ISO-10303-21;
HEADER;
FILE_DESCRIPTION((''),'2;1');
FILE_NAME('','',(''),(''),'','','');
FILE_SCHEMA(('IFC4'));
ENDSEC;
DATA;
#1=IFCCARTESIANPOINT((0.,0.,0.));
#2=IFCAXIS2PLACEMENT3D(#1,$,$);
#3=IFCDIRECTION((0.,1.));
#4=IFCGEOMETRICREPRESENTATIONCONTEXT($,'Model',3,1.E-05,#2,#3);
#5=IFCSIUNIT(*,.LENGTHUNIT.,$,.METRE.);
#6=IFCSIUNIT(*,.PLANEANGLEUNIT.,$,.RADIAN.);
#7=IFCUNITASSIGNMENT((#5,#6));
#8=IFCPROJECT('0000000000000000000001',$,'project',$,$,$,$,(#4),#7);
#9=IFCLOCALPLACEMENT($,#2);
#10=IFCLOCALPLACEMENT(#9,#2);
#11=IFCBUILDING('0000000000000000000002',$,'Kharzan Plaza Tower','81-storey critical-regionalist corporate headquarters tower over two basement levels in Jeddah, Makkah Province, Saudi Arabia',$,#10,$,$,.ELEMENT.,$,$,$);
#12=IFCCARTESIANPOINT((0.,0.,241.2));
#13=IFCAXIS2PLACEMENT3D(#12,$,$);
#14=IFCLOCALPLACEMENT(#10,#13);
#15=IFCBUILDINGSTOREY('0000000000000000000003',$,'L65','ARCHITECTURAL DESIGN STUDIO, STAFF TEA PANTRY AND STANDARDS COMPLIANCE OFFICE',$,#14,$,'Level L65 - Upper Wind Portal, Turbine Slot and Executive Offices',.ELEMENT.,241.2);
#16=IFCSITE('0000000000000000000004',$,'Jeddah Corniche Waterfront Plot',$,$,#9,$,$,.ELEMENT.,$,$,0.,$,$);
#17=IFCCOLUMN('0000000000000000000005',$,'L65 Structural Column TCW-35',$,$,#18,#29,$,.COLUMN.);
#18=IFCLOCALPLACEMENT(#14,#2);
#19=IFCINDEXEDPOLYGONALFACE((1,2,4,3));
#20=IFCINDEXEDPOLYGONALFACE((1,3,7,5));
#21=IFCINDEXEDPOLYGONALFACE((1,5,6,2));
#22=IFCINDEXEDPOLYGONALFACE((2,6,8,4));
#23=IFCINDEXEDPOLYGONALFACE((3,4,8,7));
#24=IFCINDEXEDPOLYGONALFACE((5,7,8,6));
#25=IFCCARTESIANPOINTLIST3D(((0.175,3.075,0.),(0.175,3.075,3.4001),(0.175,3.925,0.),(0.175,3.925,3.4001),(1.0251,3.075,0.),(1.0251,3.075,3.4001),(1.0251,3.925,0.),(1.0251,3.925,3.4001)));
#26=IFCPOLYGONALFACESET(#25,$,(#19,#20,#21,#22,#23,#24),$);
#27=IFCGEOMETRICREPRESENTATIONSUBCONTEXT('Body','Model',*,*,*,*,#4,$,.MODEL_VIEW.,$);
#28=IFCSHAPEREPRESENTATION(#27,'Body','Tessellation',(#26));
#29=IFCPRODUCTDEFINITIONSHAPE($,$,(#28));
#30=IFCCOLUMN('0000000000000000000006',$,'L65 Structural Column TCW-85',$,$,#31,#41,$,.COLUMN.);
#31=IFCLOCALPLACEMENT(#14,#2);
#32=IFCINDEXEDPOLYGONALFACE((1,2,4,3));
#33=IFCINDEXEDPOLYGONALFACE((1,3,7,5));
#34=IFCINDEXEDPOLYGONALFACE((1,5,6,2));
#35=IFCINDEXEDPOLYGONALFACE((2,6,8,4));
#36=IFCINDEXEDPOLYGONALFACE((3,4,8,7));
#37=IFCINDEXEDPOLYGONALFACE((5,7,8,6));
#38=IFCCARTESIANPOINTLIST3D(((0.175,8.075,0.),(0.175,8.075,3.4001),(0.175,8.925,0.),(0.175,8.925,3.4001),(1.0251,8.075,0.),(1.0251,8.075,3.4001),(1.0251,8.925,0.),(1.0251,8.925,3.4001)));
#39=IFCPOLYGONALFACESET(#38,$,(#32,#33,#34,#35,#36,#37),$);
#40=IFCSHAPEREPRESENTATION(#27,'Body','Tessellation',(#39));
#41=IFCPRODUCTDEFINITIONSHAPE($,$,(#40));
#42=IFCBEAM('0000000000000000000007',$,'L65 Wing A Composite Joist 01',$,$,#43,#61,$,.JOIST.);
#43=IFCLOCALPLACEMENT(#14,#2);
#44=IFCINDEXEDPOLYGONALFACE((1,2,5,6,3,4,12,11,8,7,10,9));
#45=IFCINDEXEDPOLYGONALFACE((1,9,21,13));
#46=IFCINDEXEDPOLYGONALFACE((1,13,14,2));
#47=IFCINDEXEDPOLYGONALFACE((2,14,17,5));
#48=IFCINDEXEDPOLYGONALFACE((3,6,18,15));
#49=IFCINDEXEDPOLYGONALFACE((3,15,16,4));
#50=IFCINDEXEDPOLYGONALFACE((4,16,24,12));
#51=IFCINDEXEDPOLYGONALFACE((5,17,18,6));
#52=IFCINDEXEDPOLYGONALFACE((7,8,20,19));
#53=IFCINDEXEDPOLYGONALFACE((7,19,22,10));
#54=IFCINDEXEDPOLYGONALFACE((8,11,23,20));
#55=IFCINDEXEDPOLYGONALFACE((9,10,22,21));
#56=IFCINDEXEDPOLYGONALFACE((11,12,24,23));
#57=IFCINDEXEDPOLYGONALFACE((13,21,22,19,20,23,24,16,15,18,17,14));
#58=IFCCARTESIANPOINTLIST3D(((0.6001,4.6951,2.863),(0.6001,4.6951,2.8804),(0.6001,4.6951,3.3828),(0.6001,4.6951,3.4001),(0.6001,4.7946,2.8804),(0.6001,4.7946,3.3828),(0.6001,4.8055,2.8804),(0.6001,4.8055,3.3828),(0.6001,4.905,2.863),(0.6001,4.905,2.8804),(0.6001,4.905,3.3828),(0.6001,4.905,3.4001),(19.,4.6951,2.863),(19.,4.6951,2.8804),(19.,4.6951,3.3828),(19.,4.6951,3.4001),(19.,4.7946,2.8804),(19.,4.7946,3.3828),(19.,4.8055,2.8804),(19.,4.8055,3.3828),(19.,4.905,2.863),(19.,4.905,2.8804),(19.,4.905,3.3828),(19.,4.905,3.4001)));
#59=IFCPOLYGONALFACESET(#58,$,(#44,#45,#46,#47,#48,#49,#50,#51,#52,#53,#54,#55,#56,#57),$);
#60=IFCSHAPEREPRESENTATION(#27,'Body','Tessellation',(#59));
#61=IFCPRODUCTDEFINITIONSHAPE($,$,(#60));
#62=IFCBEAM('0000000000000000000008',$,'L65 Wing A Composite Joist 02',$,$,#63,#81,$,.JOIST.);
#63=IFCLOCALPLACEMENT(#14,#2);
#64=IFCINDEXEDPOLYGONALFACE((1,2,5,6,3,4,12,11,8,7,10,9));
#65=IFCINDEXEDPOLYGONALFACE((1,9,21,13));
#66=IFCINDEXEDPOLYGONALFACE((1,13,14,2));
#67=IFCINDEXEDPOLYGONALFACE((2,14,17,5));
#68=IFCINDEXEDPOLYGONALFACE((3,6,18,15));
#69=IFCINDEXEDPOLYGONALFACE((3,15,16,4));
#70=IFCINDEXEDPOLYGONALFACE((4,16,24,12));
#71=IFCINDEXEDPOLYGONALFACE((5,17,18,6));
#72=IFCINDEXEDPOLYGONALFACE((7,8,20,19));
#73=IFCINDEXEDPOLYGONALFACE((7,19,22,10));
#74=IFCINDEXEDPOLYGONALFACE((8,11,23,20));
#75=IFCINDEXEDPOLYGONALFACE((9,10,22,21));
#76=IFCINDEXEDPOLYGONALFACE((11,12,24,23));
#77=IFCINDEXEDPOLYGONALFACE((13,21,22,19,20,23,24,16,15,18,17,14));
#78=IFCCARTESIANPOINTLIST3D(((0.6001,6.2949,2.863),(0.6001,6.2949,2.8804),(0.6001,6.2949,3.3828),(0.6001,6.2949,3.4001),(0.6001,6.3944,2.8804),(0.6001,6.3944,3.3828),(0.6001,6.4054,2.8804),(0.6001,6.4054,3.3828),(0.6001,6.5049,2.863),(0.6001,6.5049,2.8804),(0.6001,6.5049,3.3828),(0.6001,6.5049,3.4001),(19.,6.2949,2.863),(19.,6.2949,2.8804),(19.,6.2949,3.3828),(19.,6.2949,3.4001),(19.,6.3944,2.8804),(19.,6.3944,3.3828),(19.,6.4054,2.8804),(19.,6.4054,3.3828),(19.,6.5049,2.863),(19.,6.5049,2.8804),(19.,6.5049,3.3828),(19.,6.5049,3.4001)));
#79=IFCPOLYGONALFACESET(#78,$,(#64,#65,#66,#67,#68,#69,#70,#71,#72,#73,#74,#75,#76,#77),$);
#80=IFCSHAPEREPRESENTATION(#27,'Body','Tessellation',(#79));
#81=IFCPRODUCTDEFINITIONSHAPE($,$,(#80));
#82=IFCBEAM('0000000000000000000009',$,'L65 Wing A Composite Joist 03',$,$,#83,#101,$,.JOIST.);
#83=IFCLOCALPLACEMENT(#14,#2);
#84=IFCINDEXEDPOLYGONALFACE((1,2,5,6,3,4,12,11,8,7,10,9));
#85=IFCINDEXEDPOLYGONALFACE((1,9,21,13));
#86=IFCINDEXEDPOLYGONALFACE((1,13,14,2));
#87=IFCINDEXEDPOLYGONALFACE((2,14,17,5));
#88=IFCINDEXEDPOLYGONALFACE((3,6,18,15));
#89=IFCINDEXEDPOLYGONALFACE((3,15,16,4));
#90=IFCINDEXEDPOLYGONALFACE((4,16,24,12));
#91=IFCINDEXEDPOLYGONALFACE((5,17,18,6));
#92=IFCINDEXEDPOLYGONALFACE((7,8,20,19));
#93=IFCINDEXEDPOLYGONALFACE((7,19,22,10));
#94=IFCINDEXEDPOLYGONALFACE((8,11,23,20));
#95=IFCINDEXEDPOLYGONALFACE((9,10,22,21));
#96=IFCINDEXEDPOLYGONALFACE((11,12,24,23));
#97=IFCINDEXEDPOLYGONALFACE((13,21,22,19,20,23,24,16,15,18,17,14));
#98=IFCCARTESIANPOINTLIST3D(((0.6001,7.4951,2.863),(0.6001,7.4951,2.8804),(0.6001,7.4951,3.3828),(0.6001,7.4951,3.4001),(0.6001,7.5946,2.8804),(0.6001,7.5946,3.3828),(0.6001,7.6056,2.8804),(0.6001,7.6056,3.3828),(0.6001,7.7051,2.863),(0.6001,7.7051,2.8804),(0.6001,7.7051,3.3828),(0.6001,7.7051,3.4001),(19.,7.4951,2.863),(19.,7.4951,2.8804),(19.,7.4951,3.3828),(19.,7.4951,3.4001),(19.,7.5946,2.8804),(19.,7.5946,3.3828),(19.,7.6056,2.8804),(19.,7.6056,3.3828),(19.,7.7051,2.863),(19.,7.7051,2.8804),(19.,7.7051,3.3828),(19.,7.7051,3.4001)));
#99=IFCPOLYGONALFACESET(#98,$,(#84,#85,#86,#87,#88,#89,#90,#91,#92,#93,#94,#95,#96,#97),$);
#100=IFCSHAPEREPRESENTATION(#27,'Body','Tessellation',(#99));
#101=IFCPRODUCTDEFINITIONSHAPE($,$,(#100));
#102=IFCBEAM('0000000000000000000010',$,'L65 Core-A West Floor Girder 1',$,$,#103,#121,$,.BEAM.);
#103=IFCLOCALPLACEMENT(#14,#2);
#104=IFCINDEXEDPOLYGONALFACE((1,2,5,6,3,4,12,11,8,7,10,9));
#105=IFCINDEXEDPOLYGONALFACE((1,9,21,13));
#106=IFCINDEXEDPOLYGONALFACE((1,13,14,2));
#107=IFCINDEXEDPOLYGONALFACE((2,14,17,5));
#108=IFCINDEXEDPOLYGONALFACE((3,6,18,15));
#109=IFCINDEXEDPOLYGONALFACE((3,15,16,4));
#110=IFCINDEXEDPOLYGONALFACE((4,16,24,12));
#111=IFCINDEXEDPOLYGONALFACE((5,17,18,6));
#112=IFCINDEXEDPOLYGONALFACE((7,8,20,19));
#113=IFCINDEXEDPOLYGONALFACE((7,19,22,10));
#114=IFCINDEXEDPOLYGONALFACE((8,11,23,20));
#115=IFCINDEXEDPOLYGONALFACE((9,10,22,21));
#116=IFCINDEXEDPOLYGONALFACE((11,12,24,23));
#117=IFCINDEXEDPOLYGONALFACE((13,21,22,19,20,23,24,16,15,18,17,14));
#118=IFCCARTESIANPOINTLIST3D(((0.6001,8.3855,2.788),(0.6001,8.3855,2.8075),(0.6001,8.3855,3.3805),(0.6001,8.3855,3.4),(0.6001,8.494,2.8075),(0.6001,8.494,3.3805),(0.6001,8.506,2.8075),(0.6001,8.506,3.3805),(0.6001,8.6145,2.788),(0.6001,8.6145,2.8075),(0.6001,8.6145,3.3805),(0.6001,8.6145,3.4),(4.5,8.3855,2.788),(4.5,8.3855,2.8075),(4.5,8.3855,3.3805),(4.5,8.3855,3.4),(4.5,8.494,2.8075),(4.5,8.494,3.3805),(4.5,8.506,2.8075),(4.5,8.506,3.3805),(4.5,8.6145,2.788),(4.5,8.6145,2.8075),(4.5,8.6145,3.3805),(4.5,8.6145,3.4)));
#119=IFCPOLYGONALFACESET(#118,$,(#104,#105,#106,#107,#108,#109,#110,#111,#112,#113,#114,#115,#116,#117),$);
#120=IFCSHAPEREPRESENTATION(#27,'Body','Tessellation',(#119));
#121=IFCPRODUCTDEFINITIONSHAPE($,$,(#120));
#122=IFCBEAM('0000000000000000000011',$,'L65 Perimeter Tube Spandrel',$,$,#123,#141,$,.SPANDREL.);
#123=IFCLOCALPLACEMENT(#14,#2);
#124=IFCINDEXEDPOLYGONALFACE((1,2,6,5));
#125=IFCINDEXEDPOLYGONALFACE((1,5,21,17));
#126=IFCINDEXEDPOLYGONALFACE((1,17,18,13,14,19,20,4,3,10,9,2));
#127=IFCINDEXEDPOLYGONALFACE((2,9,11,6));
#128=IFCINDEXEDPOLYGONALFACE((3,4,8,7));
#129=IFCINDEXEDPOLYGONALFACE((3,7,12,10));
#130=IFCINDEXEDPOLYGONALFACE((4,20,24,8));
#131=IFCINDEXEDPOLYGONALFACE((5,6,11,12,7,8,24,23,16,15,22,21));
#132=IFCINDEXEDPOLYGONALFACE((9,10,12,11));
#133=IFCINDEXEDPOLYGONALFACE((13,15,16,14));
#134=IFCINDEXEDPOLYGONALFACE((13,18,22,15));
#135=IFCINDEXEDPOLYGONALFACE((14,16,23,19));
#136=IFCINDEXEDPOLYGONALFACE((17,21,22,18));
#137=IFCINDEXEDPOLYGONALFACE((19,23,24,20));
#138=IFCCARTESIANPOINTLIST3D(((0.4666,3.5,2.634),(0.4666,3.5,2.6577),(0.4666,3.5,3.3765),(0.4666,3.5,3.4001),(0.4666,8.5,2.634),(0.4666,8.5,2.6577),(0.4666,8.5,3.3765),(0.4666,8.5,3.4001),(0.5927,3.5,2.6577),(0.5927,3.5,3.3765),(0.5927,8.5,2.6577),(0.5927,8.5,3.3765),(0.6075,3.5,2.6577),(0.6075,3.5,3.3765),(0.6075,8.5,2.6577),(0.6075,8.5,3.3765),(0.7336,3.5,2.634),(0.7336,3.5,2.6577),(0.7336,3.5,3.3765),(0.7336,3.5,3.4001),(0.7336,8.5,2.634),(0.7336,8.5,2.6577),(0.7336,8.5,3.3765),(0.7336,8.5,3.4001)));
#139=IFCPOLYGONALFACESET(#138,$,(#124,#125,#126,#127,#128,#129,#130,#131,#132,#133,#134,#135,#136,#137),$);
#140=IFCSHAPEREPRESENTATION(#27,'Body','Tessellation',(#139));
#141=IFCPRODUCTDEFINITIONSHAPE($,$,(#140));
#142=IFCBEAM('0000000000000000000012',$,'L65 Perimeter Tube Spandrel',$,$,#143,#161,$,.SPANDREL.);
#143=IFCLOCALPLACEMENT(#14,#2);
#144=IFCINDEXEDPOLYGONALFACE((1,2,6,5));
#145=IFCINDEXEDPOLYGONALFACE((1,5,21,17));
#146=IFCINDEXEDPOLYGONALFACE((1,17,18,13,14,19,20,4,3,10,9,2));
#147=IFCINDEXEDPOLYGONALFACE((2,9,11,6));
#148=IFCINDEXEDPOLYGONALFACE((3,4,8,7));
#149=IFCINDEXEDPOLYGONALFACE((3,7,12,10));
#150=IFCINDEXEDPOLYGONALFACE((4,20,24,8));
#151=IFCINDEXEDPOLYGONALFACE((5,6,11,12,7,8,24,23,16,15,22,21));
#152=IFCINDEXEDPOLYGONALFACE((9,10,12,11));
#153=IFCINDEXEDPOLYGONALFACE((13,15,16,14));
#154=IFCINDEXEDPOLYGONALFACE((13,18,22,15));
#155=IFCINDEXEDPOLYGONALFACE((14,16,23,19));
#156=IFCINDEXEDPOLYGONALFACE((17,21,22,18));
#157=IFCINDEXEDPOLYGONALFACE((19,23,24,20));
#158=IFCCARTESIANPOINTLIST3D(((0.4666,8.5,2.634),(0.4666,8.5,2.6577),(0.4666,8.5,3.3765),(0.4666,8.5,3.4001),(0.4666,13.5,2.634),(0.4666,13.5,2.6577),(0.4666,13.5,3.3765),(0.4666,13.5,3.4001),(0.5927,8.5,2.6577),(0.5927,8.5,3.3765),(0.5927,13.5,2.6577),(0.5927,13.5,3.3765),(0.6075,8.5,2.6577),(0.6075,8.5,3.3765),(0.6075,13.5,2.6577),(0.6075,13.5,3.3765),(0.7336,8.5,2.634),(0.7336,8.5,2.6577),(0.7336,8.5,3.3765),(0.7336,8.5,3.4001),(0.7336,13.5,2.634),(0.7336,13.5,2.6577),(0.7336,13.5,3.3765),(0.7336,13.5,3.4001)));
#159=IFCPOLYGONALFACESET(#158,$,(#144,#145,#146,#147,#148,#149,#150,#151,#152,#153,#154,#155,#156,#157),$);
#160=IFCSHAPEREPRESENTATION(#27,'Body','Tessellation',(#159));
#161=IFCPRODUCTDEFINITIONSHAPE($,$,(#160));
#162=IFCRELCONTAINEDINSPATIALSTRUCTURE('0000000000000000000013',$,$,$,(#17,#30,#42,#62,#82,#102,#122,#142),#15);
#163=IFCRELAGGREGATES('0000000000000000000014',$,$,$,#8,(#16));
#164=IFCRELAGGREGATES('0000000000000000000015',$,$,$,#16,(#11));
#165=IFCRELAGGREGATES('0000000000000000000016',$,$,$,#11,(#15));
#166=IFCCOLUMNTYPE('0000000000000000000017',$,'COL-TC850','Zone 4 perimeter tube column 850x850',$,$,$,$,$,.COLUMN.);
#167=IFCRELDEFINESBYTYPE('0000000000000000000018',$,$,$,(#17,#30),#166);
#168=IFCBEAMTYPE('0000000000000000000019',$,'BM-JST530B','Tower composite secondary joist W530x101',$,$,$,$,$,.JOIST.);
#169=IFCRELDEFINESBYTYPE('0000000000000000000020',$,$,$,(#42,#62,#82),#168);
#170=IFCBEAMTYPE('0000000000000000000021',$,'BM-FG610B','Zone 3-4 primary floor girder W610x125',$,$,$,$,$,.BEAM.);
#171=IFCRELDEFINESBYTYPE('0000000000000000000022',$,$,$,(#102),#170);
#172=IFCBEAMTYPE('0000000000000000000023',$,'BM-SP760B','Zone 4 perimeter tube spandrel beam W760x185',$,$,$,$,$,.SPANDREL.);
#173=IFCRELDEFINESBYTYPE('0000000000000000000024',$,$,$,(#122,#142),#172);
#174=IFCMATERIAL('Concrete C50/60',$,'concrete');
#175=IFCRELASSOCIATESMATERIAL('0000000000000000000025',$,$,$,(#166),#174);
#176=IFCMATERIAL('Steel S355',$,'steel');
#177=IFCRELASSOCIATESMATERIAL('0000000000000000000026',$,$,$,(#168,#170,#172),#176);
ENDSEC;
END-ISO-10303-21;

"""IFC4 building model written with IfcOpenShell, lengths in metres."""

from ifc_helpers import new_model, si_unit, direction, frame, origin, origin_2d, place, context, subcontext, project, spatial, rectangle, i_section, extrude, source, transform, mapped, material, material_profile, profile_set, type_object, element, save


model = new_model("IFC4")

# Units and contexts
model_context = context("Model", 3, precision=1e-05, world=origin(), true_north=direction((0.0, 1.0)))
body_context = subcontext(model_context, "Body", "Model", "MODEL_VIEW")
ifc_project = project(units=[si_unit("LENGTHUNIT", "METRE"), si_unit("PLANEANGLEUNIT", "RADIAN")], contexts=[model_context])

# Site, building, storey
site_placement = place(None, origin())
site = spatial("IfcSite", under=ifc_project, at=site_placement, Name="Jeddah Corniche Waterfront Plot", CompositionType="ELEMENT", RefElevation=0.0)
building_placement = place(site_placement, origin())
building = spatial("IfcBuilding", under=site, at=building_placement, Name="Kharzan Plaza Tower", Description="81-storey critical-regionalist corporate headquarters tower over two basement levels in Jeddah, Makkah Province, Saudi Arabia", CompositionType="ELEMENT")
storey_placement = place(building_placement, frame((0.0, 0.0, 241.2)))
storey = spatial("IfcBuildingStorey", under=building, at=storey_placement, Name="L65", Description="ARCHITECTURAL DESIGN STUDIO, STAFF TEA PANTRY AND STANDARDS COMPLIANCE OFFICE", LongName="Level L65 - Upper Wind Portal, Turbine Slot and Executive Offices", CompositionType="ELEMENT", Elevation=241.2)

# Columns
ifc_material_1 = material(Name="Concrete C50/60", Category="concrete")
ifc_material_profile_1 = material_profile(ifc_material_1, rectangle(XDim=0.8501, YDim=0.8501, at=origin_2d()), Name="RC-TC850x850")
ifc_profile_set_1 = profile_set([ifc_material_profile_1], Name="Concrete C50/60")
column_type = type_object("IfcColumnType", Name="COL-TC850", Description="Zone 4 perimeter tube column 850x850", PredefinedType="COLUMN", material=ifc_profile_set_1)
shared_shape_1 = source(origin(), body_context, "Body", "SweptSolid", [
    extrude(rectangle(XDim=0.8501, YDim=0.8501, at=origin_2d()), origin(), (0.0, 0.0, 1.0), 3.4001),
])
for number, where, z_axis, x_axis, name in (
    (1, (0.6001, 3.5, 0.0), (0.0, 0.0, 1.0), (1.0, 0.0, 0.0), "L65 Structural Column TCW-35"),
    (2, (0.6001, 8.5, 0.0), (0.0, 0.0, 1.0), (1.0, 0.0, 0.0), "L65 Structural Column TCW-85"),
):
    element("IfcColumn", number, at=place(storey_placement, frame(where, z_axis=z_axis, x_axis=x_axis)), inside=storey, type_object=column_type, Name=name, PredefinedType="COLUMN", context=body_context, shape_type="MappedRepresentation", body=[
        mapped(shared_shape_1, transform((0.0, 0.0, 0.0), x_axis=(1.0, 0.0, 0.0), y_axis=(0.0, 1.0, 0.0), z_axis=(0.0, 0.0, 1.0))),
    ])

# Beams
ifc_material_2 = material(Name="Steel S355", Category="steel")
ifc_material_profile_2 = material_profile(ifc_material_2, i_section(OverallWidth=0.21, OverallDepth=0.5371, WebThickness=0.011, FlangeThickness=0.0173, at=origin_2d()), Name="W530x101")
ifc_profile_set_2 = profile_set([ifc_material_profile_2], Name="Steel S355")
beam_type_1 = type_object("IfcBeamType", Name="BM-JST530B", Description="Tower composite secondary joist W530x101", PredefinedType="JOIST", material=ifc_profile_set_2)
shared_shape_2 = source(origin(), body_context, "Body", "SweptSolid", [
    extrude(i_section(OverallWidth=0.21, OverallDepth=0.5371, WebThickness=0.011, FlangeThickness=0.0173, at=origin_2d()), origin(), (0.0, 0.0, 1.0), 18.3999),
])
for number, where, z_axis, x_axis, name in (
    (3, (0.6001, 4.8, 3.1316), (1.0, 0.0, 0.0), (0.0, 1.0, 0.0), "L65 Wing A Composite Joist 01"),
    (4, (0.6001, 6.3999, 3.1316), (1.0, 0.0, 0.0), (0.0, 1.0, 0.0), "L65 Wing A Composite Joist 02"),
    (5, (0.6001, 7.6001, 3.1316), (1.0, 0.0, 0.0), (0.0, 1.0, 0.0), "L65 Wing A Composite Joist 03"),
):
    element("IfcBeam", number, at=place(storey_placement, frame(where, z_axis=z_axis, x_axis=x_axis)), inside=storey, type_object=beam_type_1, Name=name, PredefinedType="JOIST", context=body_context, shape_type="MappedRepresentation", body=[
        mapped(shared_shape_2, transform((0.0, 0.0, 0.0), x_axis=(1.0, 0.0, 0.0), y_axis=(0.0, 1.0, 0.0), z_axis=(0.0, 0.0, 1.0))),
    ])
ifc_material_profile_3 = material_profile(ifc_material_2, i_section(OverallWidth=0.229, OverallDepth=0.6121, WebThickness=0.012, FlangeThickness=0.0195, at=origin_2d()), Name="W610x125")
ifc_profile_set_3 = profile_set([ifc_material_profile_3], Name="Steel S355")
beam_type_2 = type_object("IfcBeamType", Name="BM-FG610B", Description="Zone 3-4 primary floor girder W610x125", PredefinedType="BEAM", material=ifc_profile_set_3)
shared_shape_3 = source(origin(), body_context, "Body", "SweptSolid", [
    extrude(i_section(OverallWidth=0.229, OverallDepth=0.6121, WebThickness=0.012, FlangeThickness=0.0195, at=origin_2d()), origin(), (0.0, 0.0, 1.0), 3.8999),
])
beam_placement = place(storey_placement, frame((0.6001, 8.5, 3.094), z_axis=(1.0, 0.0, 0.0), x_axis=(0.0, 1.0, 0.0)))
element("IfcBeam", 6, at=beam_placement, inside=storey, type_object=beam_type_2, Name="L65 Core-A West Floor Girder 1", PredefinedType="BEAM", context=body_context, shape_type="MappedRepresentation", body=[
    mapped(shared_shape_3, transform((0.0, 0.0, 0.0), x_axis=(1.0, 0.0, 0.0), y_axis=(0.0, 1.0, 0.0), z_axis=(0.0, 0.0, 1.0))),
])
ifc_material_profile_4 = material_profile(ifc_material_2, i_section(OverallWidth=0.2671, OverallDepth=0.7661, WebThickness=0.0149, FlangeThickness=0.0237, at=origin_2d()), Name="W760x185")
ifc_profile_set_4 = profile_set([ifc_material_profile_4], Name="Steel S355")
beam_type_3 = type_object("IfcBeamType", Name="BM-SP760B", Description="Zone 4 perimeter tube spandrel beam W760x185", PredefinedType="SPANDREL", material=ifc_profile_set_4)
shared_shape_4 = source(origin(), body_context, "Body", "SweptSolid", [
    extrude(i_section(OverallWidth=0.2671, OverallDepth=0.7661, WebThickness=0.0149, FlangeThickness=0.0237, at=origin_2d()), origin(), (0.0, 0.0, 1.0), 5.0),
])
for number, where, z_axis, x_axis, name in (
    (7, (0.6001, 3.5, 3.0171), (0.0, 1.0, 0.0), (-1.0, 0.0, 0.0), "L65 Perimeter Tube Spandrel"),
    (8, (0.6001, 8.5, 3.0171), (0.0, 1.0, 0.0), (-1.0, 0.0, 0.0), "L65 Perimeter Tube Spandrel"),
):
    element("IfcBeam", number, at=place(storey_placement, frame(where, z_axis=z_axis, x_axis=x_axis)), inside=storey, type_object=beam_type_3, Name=name, PredefinedType="SPANDREL", context=body_context, shape_type="MappedRepresentation", body=[
        mapped(shared_shape_4, transform((0.0, 0.0, 0.0), x_axis=(1.0, 0.0, 0.0), y_axis=(0.0, 1.0, 0.0), z_axis=(0.0, 0.0, 1.0))),
    ])

save(model, "model.ifc")
